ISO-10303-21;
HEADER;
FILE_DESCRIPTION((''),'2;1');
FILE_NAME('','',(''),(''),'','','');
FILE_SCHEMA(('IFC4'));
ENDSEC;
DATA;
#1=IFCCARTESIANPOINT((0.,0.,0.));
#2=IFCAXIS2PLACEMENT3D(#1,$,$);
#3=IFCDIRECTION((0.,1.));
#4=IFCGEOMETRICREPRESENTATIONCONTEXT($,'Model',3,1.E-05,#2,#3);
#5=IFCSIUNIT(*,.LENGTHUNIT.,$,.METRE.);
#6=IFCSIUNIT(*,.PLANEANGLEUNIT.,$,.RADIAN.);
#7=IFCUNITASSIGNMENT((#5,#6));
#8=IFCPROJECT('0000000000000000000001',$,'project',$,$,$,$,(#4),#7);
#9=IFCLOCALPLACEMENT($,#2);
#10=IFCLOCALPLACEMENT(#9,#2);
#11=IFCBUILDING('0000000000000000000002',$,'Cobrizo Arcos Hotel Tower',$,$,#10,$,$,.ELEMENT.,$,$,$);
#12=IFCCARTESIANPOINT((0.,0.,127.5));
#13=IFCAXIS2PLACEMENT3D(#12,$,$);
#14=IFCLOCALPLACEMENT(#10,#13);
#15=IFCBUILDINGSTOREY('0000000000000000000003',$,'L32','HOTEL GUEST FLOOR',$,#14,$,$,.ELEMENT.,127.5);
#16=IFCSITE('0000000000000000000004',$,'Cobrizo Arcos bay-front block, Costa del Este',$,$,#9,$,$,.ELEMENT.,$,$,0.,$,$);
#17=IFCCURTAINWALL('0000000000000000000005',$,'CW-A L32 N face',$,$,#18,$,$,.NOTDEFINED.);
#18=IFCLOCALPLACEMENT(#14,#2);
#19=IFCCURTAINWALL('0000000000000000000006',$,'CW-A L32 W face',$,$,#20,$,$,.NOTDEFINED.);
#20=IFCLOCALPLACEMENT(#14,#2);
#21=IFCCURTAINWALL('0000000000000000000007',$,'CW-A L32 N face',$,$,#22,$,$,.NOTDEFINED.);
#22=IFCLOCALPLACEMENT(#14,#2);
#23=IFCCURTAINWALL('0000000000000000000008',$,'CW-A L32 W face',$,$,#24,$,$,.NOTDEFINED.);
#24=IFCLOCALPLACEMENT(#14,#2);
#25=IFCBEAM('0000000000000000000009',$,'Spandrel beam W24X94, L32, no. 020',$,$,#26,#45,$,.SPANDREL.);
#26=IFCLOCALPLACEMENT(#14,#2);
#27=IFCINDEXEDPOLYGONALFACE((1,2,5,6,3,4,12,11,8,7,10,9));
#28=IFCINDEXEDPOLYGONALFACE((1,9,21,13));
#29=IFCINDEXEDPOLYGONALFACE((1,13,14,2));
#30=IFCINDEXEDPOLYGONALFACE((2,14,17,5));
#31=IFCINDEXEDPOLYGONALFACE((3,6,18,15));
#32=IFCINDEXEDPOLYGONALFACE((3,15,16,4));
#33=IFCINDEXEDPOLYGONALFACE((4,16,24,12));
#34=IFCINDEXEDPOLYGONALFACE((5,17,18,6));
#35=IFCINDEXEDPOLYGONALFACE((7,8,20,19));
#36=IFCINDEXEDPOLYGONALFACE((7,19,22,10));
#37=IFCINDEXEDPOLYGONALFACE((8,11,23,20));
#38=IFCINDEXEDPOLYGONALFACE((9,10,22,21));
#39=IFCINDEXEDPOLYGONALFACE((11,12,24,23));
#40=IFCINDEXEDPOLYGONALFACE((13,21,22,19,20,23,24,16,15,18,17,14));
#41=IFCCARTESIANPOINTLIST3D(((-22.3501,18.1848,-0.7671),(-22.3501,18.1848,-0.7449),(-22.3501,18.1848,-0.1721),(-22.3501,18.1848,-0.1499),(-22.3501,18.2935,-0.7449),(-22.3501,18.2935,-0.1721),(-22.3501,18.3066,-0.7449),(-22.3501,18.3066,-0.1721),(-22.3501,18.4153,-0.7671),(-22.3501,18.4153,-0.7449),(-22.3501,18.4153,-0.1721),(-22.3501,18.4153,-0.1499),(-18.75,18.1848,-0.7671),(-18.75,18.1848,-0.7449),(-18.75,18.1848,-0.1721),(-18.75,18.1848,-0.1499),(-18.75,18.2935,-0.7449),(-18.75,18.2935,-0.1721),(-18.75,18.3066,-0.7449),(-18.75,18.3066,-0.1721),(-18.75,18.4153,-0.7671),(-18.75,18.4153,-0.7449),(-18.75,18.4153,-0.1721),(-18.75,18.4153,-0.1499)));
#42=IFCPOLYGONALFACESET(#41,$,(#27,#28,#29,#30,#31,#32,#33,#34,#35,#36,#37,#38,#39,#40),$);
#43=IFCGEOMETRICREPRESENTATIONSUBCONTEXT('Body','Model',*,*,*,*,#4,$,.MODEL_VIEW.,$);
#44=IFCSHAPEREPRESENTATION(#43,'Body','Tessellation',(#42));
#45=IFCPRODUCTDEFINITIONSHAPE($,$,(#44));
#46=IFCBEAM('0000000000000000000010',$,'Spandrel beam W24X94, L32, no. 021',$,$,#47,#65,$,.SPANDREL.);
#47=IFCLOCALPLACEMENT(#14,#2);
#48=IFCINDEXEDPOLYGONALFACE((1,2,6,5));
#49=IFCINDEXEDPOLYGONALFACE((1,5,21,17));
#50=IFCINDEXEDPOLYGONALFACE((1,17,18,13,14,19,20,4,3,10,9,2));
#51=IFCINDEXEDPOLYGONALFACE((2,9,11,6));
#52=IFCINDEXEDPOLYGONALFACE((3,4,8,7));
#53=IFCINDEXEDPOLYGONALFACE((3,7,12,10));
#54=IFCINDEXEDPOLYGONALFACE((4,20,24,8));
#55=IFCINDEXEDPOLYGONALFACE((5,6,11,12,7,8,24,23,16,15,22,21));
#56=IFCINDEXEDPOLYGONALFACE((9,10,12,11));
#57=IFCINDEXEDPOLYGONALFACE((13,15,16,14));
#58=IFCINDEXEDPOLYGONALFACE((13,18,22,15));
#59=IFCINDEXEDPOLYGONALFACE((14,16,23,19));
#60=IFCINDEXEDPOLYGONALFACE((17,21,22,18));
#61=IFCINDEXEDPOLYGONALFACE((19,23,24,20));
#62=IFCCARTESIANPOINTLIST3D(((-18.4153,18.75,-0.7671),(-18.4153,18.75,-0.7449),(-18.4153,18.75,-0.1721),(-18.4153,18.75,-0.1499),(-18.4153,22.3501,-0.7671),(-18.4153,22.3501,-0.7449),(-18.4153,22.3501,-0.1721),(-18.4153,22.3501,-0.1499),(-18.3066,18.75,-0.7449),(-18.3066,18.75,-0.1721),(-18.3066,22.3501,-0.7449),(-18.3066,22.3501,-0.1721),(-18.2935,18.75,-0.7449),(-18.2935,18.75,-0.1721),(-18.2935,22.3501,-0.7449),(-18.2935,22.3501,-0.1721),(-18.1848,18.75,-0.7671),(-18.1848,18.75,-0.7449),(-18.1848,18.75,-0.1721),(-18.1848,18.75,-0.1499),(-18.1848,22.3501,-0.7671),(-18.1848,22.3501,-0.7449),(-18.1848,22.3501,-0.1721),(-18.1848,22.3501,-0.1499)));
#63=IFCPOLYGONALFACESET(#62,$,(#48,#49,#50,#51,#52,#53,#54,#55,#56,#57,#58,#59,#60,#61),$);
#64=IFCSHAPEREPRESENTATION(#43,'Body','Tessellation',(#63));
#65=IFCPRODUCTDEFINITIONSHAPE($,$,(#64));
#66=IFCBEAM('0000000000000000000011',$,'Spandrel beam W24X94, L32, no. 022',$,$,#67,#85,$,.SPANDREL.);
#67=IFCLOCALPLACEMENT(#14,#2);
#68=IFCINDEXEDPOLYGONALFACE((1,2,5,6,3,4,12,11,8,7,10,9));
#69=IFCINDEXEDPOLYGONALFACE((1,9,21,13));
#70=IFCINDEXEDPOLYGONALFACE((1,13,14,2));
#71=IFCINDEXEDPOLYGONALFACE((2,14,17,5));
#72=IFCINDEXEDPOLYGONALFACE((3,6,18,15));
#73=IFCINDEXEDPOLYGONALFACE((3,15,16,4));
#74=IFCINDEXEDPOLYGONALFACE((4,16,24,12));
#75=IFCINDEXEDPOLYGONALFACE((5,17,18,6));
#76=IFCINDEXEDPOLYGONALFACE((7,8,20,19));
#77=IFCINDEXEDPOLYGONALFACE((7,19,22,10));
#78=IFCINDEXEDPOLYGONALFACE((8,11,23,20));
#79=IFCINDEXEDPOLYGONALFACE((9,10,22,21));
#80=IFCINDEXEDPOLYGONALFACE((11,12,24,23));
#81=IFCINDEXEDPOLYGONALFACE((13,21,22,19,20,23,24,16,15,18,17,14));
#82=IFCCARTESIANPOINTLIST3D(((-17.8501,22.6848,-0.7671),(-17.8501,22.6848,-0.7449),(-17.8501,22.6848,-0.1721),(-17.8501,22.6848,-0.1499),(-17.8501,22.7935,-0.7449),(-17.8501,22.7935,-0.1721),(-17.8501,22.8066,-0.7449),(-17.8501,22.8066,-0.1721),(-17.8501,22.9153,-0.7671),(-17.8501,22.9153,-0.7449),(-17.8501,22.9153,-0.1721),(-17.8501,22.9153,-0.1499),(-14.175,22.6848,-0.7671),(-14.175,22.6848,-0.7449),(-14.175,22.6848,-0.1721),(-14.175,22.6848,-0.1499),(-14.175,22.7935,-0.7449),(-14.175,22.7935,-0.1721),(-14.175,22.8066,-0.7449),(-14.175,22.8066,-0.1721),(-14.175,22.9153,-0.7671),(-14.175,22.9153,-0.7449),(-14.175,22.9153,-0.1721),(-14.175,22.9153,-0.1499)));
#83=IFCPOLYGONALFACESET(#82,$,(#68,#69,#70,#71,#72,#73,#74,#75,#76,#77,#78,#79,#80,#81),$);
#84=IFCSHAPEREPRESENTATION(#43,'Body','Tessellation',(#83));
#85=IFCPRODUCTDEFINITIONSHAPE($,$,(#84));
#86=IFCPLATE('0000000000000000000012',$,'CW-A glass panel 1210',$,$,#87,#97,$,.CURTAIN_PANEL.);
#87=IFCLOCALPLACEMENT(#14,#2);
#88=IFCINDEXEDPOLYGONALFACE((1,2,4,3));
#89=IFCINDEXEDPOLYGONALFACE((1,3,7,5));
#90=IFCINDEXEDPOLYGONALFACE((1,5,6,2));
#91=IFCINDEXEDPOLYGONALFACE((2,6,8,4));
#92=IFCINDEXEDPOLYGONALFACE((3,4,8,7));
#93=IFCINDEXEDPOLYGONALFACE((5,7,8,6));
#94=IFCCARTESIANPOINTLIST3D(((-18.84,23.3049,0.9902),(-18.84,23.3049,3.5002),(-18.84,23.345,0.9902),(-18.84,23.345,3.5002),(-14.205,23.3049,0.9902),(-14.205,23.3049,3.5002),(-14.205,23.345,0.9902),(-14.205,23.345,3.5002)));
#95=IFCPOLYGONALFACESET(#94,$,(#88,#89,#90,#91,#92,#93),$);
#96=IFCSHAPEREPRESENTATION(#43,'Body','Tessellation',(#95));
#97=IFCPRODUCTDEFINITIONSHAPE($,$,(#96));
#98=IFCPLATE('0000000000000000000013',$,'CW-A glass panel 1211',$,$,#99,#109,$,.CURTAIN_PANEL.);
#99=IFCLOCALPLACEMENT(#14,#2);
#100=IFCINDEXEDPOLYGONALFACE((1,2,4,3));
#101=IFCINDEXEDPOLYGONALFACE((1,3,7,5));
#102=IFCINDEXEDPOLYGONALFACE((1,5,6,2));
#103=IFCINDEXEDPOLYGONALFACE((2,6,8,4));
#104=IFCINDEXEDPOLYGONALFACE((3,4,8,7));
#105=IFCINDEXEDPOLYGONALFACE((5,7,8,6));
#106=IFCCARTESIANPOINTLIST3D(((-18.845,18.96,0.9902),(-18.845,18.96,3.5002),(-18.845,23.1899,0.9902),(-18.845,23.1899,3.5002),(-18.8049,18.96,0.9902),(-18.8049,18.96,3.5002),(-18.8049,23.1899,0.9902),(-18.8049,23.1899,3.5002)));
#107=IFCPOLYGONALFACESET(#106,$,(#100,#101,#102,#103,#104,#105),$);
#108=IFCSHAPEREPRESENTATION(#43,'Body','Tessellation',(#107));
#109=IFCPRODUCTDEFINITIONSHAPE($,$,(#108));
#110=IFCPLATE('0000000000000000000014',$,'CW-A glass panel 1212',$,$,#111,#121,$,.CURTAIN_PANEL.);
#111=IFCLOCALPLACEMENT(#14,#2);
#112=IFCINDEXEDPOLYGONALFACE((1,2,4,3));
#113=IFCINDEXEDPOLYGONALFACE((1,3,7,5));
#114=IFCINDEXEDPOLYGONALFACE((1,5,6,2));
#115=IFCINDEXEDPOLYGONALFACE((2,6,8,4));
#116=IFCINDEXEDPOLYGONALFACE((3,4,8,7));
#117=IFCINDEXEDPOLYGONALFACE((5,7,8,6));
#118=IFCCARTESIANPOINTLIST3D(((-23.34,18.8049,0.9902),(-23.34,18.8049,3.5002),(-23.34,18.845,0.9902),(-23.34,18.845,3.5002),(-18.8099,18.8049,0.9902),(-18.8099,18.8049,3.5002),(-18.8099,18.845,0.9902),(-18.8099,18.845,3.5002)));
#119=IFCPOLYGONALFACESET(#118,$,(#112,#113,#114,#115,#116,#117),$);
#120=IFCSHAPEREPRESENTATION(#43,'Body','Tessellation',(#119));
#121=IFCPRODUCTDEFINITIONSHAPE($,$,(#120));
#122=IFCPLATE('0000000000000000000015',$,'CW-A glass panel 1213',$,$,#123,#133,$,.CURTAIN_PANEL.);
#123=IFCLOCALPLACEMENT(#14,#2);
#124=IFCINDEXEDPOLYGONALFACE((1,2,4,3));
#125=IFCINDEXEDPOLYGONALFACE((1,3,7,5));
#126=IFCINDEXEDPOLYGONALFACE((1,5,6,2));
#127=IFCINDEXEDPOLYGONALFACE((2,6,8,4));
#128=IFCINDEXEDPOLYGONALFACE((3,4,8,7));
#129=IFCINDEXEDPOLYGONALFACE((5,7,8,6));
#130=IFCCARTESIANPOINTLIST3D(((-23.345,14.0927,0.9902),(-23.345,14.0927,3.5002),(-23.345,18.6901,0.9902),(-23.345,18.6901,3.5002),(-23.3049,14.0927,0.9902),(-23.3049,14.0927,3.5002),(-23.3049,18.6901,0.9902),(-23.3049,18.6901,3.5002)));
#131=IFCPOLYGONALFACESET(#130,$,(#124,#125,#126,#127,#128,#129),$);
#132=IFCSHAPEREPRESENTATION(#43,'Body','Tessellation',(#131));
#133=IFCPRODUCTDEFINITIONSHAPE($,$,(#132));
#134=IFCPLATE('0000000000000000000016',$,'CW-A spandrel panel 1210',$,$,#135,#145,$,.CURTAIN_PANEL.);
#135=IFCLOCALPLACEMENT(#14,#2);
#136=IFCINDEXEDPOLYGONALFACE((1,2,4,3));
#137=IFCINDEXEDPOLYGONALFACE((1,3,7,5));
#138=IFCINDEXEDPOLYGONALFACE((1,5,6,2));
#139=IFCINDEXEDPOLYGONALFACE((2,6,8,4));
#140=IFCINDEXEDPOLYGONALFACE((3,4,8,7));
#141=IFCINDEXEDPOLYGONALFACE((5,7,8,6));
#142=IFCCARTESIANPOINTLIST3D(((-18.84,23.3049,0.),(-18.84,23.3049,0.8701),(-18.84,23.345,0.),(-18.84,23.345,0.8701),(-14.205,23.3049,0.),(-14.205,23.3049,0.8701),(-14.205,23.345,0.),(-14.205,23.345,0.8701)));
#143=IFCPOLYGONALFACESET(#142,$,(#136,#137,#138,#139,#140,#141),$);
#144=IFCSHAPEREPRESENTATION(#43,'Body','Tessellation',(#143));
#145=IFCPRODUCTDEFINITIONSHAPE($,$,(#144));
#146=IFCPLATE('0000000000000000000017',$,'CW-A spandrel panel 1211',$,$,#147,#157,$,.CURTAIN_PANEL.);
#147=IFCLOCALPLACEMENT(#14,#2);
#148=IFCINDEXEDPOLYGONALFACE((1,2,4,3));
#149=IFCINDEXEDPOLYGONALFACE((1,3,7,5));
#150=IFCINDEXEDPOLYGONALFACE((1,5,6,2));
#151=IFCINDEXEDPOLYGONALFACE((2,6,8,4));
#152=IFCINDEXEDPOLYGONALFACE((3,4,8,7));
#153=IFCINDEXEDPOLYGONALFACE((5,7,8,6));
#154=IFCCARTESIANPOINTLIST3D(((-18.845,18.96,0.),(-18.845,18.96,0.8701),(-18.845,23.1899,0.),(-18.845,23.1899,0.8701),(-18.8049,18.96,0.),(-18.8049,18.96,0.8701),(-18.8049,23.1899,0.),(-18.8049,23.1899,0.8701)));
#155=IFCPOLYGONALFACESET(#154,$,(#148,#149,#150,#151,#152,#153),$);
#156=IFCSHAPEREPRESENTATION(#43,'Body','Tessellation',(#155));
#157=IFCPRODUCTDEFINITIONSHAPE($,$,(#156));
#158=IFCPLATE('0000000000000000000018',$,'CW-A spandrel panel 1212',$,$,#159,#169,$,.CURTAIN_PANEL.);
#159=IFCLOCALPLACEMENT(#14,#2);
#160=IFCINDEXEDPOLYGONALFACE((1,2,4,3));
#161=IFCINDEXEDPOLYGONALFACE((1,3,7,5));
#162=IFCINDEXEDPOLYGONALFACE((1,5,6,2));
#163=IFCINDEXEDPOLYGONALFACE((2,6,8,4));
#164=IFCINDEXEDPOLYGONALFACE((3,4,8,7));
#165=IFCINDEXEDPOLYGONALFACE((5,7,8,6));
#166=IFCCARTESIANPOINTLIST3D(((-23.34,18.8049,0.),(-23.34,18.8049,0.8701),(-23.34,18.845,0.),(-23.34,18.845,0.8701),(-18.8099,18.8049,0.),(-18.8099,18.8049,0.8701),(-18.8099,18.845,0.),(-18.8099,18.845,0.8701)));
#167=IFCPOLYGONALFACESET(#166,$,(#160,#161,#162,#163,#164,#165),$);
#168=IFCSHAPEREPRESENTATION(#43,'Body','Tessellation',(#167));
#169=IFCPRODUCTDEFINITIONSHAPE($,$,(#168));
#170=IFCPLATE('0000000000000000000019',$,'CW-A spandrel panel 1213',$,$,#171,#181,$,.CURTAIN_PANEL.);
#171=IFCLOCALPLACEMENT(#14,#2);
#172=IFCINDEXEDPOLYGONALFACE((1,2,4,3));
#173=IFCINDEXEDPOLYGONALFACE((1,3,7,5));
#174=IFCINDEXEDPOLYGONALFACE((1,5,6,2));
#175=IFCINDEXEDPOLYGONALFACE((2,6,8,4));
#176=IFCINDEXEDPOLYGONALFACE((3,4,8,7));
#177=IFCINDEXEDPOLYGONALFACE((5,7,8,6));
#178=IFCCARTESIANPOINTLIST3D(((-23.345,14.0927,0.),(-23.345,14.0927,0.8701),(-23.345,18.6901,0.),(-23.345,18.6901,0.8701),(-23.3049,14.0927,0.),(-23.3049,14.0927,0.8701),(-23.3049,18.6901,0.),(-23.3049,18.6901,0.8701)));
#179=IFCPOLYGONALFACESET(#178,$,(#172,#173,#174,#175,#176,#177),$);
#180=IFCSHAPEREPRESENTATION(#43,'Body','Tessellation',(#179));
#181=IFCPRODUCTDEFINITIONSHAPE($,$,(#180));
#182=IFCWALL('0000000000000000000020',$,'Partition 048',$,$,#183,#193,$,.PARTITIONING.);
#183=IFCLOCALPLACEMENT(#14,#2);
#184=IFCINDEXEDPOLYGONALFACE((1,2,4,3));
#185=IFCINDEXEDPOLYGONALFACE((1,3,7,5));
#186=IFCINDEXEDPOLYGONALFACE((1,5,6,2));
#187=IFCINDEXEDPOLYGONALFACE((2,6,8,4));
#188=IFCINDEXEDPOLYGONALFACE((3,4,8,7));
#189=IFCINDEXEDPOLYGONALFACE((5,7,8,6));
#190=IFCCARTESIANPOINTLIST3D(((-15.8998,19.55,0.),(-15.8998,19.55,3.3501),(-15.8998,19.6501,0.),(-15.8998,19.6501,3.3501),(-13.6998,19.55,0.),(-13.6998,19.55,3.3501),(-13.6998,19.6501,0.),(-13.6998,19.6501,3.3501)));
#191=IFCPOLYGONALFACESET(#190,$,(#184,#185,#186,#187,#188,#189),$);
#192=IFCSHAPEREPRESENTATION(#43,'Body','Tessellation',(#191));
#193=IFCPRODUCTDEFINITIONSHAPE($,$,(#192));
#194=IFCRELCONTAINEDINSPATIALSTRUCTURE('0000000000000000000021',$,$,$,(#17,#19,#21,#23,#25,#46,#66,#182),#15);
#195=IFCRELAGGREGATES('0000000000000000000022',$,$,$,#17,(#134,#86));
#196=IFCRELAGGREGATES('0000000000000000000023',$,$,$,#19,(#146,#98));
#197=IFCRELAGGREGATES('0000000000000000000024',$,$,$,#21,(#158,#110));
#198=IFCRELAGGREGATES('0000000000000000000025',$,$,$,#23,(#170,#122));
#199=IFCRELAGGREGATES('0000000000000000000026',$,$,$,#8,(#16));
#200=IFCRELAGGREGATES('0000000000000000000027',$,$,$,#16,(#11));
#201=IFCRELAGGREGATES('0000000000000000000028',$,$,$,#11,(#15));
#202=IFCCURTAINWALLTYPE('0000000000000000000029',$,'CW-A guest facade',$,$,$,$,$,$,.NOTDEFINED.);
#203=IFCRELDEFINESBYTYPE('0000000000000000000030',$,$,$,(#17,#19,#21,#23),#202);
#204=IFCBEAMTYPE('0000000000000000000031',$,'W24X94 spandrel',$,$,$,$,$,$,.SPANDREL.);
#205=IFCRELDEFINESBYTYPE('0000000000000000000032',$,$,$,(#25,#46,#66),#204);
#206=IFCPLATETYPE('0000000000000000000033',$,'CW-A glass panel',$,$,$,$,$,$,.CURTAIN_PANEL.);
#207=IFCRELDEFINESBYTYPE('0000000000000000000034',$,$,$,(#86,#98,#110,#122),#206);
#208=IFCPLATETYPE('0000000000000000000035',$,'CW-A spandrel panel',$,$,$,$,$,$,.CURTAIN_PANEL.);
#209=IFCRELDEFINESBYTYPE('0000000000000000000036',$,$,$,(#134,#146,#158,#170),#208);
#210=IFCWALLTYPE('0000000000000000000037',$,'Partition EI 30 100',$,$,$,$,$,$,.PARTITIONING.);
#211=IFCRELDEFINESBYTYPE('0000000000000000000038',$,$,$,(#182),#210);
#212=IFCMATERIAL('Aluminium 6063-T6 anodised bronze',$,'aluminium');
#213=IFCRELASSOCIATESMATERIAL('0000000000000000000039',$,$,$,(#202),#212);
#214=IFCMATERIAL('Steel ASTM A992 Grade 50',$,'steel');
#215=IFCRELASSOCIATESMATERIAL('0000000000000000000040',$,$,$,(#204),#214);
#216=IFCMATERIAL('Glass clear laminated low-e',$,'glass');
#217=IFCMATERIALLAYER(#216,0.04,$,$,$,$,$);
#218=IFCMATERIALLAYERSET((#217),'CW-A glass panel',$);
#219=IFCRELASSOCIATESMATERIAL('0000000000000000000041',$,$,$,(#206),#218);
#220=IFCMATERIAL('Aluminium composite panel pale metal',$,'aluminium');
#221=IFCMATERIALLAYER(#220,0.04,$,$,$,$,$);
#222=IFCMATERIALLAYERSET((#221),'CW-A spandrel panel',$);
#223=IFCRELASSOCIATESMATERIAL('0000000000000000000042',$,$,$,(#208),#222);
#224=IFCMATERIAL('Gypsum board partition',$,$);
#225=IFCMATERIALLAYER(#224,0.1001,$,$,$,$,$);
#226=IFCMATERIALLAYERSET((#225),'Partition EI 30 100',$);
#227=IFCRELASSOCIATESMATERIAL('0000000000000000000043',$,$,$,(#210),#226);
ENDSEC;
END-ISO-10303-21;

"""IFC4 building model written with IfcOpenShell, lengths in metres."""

from ifc_helpers import new_model, si_unit, direction, frame, frame_2d, origin, origin_2d, place, context, subcontext, project, spatial, rectangle, i_section, extrude, material, layer, layer_set, material_profile, profile_set, type_object, element, aggregate, save


model = new_model("IFC4")

# Units and contexts
model_context = context("Model", 3, precision=1e-05, world=origin(), true_north=direction((0.0, 1.0)))
body_context = subcontext(model_context, "Body", "Model", "MODEL_VIEW")
ifc_project = project(units=[si_unit("LENGTHUNIT", "METRE"), si_unit("PLANEANGLEUNIT", "RADIAN")], contexts=[model_context])

# Site, building, storey
site_placement = place(None, origin())
site = spatial("IfcSite", under=ifc_project, at=site_placement, Name="Cobrizo Arcos bay-front block, Costa del Este", CompositionType="ELEMENT", RefElevation=0.0)
building_placement = place(site_placement, origin())
building = spatial("IfcBuilding", under=site, at=building_placement, Name="Cobrizo Arcos Hotel Tower", CompositionType="ELEMENT")
storey_placement = place(building_placement, frame((0.0, 0.0, 127.5)))
storey = spatial("IfcBuildingStorey", under=building, at=storey_placement, Name="L32", Description="HOTEL GUEST FLOOR", CompositionType="ELEMENT", Elevation=127.5)

# Curtain wall
ifc_material_1 = material(Name="Aluminium 6063-T6 anodised bronze", Category="aluminium")
curtain_wall_type = type_object("IfcCurtainWallType", Name="CW-A guest facade", PredefinedType="NOTDEFINED", material=ifc_material_1)
curtain_wall_1_placement = place(storey_placement, origin())
curtain_wall_1 = element("IfcCurtainWall", 1, at=curtain_wall_1_placement, inside=storey, type_object=curtain_wall_type, Name="CW-A L32 N face", PredefinedType="NOTDEFINED")

# Curtain walls
curtain_wall_2_placement = place(storey_placement, origin())
curtain_wall_2 = element("IfcCurtainWall", 2, at=curtain_wall_2_placement, inside=storey, type_object=curtain_wall_type, Name="CW-A L32 W face", PredefinedType="NOTDEFINED")
curtain_wall_3_placement = place(storey_placement, origin())
curtain_wall_3 = element("IfcCurtainWall", 3, at=curtain_wall_3_placement, inside=storey, type_object=curtain_wall_type, Name="CW-A L32 N face", PredefinedType="NOTDEFINED")

# Curtain wall
curtain_wall_4_placement = place(storey_placement, origin())
curtain_wall_4 = element("IfcCurtainWall", 4, at=curtain_wall_4_placement, inside=storey, type_object=curtain_wall_type, Name="CW-A L32 W face", PredefinedType="NOTDEFINED")

# Beams
ifc_material_2 = material(Name="Steel ASTM A992 Grade 50", Category="steel")
ifc_material_profile_1 = material_profile(ifc_material_2, i_section(OverallWidth=0.2305, OverallDepth=0.6172, WebThickness=0.0132, FlangeThickness=0.0222, at=origin_2d()), Name="W24X94")
ifc_profile_set_1 = profile_set([ifc_material_profile_1], Name="Steel ASTM A992 Grade 50")
beam_type = type_object("IfcBeamType", Name="W24X94 spandrel", PredefinedType="SPANDREL", material=ifc_profile_set_1)
for number, where, z_axis, x_axis, name in (
    (5, (-22.3501, 18.3, -0.4585), (1.0, 0.0, 0.0), (0.0, 1.0, 0.0), "Spandrel beam W24X94, L32, no. 020"),
    (6, (-18.3, 18.75, -0.4585), (0.0, 1.0, 0.0), (-1.0, 0.0, 0.0), "Spandrel beam W24X94, L32, no. 021"),
):
    element("IfcBeam", number, at=place(storey_placement, frame(where, z_axis=z_axis, x_axis=x_axis)), inside=storey, type_object=beam_type, Name=name, PredefinedType="SPANDREL", context=body_context, shape_type="SweptSolid", body=[
        extrude(i_section(OverallWidth=0.2305, OverallDepth=0.6172, WebThickness=0.0132, FlangeThickness=0.0222, at=origin_2d()), origin(), (0.0, 0.0, 1.0), 3.6001),
    ])
beam_placement = place(storey_placement, frame((-17.8501, 22.8, -0.4585), z_axis=(1.0, 0.0, 0.0), x_axis=(0.0, 1.0, 0.0)))
element("IfcBeam", 7, at=beam_placement, inside=storey, type_object=beam_type, Name="Spandrel beam W24X94, L32, no. 022", PredefinedType="SPANDREL", context=body_context, shape_type="SweptSolid", body=[
    extrude(i_section(OverallWidth=0.2305, OverallDepth=0.6172, WebThickness=0.0132, FlangeThickness=0.0222, at=origin_2d()), origin(), (0.0, 0.0, 1.0), 3.675),
])

# Plates
ifc_material_3 = material(Name="Glass clear laminated low-e", Category="glass")
ifc_layer_1 = layer(ifc_material_3, 0.04)
ifc_layer_set_1 = layer_set([ifc_layer_1], Name="CW-A glass panel")
plate_type_1 = type_object("IfcPlateType", Name="CW-A glass panel", PredefinedType="CURTAIN_PANEL", material=ifc_layer_set_1)
plate_1_placement = place(storey_placement, frame((-16.5225, 23.325, 0.9902), z_axis=(0.0, 0.0, 1.0), x_axis=(-1.0, 0.0, 0.0)))
plate_1 = element("IfcPlate", 8, at=plate_1_placement, type_object=plate_type_1, Name="CW-A glass panel 1210", PredefinedType="CURTAIN_PANEL", context=body_context, shape_type="SweptSolid", body=[
    extrude(rectangle(XDim=4.635, YDim=0.04, at=origin_2d()), origin(), (0.0, 0.0, 1.0), 2.51),
])
plate_2_placement = place(storey_placement, frame((-18.825, 21.075, 0.9902), z_axis=(0.0, 0.0, 1.0), x_axis=(0.0, -1.0, 0.0)))
plate_2 = element("IfcPlate", 9, at=plate_2_placement, type_object=plate_type_1, Name="CW-A glass panel 1211", PredefinedType="CURTAIN_PANEL", context=body_context, shape_type="SweptSolid", body=[
    extrude(rectangle(XDim=4.23, YDim=0.04, at=origin_2d()), origin(), (0.0, 0.0, 1.0), 2.51),
])
plate_3_placement = place(storey_placement, frame((-21.075, 18.825, 0.9902), z_axis=(0.0, 0.0, 1.0), x_axis=(-1.0, 0.0, 0.0)))
plate_3 = element("IfcPlate", 10, at=plate_3_placement, type_object=plate_type_1, Name="CW-A glass panel 1212", PredefinedType="CURTAIN_PANEL", context=body_context, shape_type="SweptSolid", body=[
    extrude(rectangle(XDim=4.53, YDim=0.04, at=origin_2d()), origin(), (0.0, 0.0, 1.0), 2.51),
])
plate_4_placement = place(storey_placement, frame((-23.325, 16.3914, 0.9902), z_axis=(0.0, 0.0, 1.0), x_axis=(0.0, -1.0, 0.0)))
plate_4 = element("IfcPlate", 11, at=plate_4_placement, type_object=plate_type_1, Name="CW-A glass panel 1213", PredefinedType="CURTAIN_PANEL", context=body_context, shape_type="SweptSolid", body=[
    extrude(rectangle(XDim=4.5974, YDim=0.04, at=origin_2d()), origin(), (0.0, 0.0, 1.0), 2.51),
])
ifc_material_4 = material(Name="Aluminium composite panel pale metal", Category="aluminium")
ifc_layer_2 = layer(ifc_material_4, 0.04)
ifc_layer_set_2 = layer_set([ifc_layer_2], Name="CW-A spandrel panel")
plate_type_2 = type_object("IfcPlateType", Name="CW-A spandrel panel", PredefinedType="CURTAIN_PANEL", material=ifc_layer_set_2)
plate_5_placement = place(storey_placement, frame((-16.5225, 23.325, 0.0), z_axis=(0.0, 0.0, 1.0), x_axis=(-1.0, 0.0, 0.0)))
plate_5 = element("IfcPlate", 12, at=plate_5_placement, type_object=plate_type_2, Name="CW-A spandrel panel 1210", PredefinedType="CURTAIN_PANEL", context=body_context, shape_type="SweptSolid", body=[
    extrude(rectangle(XDim=4.635, YDim=0.04, at=origin_2d()), origin(), (0.0, 0.0, 1.0), 0.8701),
])
aggregate(curtain_wall_1, [plate_5, plate_1])
plate_6_placement = place(storey_placement, frame((-18.825, 21.075, 0.0), z_axis=(0.0, 0.0, 1.0), x_axis=(0.0, -1.0, 0.0)))
plate_6 = element("IfcPlate", 13, at=plate_6_placement, type_object=plate_type_2, Name="CW-A spandrel panel 1211", PredefinedType="CURTAIN_PANEL", context=body_context, shape_type="SweptSolid", body=[
    extrude(rectangle(XDim=4.23, YDim=0.04, at=origin_2d()), origin(), (0.0, 0.0, 1.0), 0.8701),
])
aggregate(curtain_wall_2, [plate_6, plate_2])
plate_7_placement = place(storey_placement, frame((-21.075, 18.825, 0.0), z_axis=(0.0, 0.0, 1.0), x_axis=(-1.0, 0.0, 0.0)))
plate_7 = element("IfcPlate", 14, at=plate_7_placement, type_object=plate_type_2, Name="CW-A spandrel panel 1212", PredefinedType="CURTAIN_PANEL", context=body_context, shape_type="SweptSolid", body=[
    extrude(rectangle(XDim=4.53, YDim=0.04, at=origin_2d()), origin(), (0.0, 0.0, 1.0), 0.8701),
])
aggregate(curtain_wall_3, [plate_7, plate_3])
plate_8_placement = place(storey_placement, frame((-23.325, 16.3914, 0.0), z_axis=(0.0, 0.0, 1.0), x_axis=(0.0, -1.0, 0.0)))
plate_8 = element("IfcPlate", 15, at=plate_8_placement, type_object=plate_type_2, Name="CW-A spandrel panel 1213", PredefinedType="CURTAIN_PANEL", context=body_context, shape_type="SweptSolid", body=[
    extrude(rectangle(XDim=4.5974, YDim=0.04, at=origin_2d()), origin(), (0.0, 0.0, 1.0), 0.8701),
])
aggregate(curtain_wall_4, [plate_8, plate_4])

# Wall
ifc_material_5 = material(Name="Gypsum board partition")
ifc_layer_3 = layer(ifc_material_5, 0.1001)
ifc_layer_set_3 = layer_set([ifc_layer_3], Name="Partition EI 30 100")
wall_type = type_object("IfcWallType", Name="Partition EI 30 100", PredefinedType="PARTITIONING", material=ifc_layer_set_3)
wall_1_placement = place(storey_placement, frame((-15.8999, 19.6001, 0.0), z_axis=(0.0, 0.0, 1.0), x_axis=(1.0, 0.0, 0.0)))
element("IfcWall", 16, at=wall_1_placement, inside=storey, type_object=wall_type, Name="Partition 048", PredefinedType="PARTITIONING", context=body_context, shape_type="SweptSolid", body=[
    extrude(rectangle(XDim=2.2, YDim=0.1001, at=frame_2d((1.1001, 0.0))), origin(), (0.0, 0.0, 1.0), 3.3501),
])

save(model, "model.ifc")
